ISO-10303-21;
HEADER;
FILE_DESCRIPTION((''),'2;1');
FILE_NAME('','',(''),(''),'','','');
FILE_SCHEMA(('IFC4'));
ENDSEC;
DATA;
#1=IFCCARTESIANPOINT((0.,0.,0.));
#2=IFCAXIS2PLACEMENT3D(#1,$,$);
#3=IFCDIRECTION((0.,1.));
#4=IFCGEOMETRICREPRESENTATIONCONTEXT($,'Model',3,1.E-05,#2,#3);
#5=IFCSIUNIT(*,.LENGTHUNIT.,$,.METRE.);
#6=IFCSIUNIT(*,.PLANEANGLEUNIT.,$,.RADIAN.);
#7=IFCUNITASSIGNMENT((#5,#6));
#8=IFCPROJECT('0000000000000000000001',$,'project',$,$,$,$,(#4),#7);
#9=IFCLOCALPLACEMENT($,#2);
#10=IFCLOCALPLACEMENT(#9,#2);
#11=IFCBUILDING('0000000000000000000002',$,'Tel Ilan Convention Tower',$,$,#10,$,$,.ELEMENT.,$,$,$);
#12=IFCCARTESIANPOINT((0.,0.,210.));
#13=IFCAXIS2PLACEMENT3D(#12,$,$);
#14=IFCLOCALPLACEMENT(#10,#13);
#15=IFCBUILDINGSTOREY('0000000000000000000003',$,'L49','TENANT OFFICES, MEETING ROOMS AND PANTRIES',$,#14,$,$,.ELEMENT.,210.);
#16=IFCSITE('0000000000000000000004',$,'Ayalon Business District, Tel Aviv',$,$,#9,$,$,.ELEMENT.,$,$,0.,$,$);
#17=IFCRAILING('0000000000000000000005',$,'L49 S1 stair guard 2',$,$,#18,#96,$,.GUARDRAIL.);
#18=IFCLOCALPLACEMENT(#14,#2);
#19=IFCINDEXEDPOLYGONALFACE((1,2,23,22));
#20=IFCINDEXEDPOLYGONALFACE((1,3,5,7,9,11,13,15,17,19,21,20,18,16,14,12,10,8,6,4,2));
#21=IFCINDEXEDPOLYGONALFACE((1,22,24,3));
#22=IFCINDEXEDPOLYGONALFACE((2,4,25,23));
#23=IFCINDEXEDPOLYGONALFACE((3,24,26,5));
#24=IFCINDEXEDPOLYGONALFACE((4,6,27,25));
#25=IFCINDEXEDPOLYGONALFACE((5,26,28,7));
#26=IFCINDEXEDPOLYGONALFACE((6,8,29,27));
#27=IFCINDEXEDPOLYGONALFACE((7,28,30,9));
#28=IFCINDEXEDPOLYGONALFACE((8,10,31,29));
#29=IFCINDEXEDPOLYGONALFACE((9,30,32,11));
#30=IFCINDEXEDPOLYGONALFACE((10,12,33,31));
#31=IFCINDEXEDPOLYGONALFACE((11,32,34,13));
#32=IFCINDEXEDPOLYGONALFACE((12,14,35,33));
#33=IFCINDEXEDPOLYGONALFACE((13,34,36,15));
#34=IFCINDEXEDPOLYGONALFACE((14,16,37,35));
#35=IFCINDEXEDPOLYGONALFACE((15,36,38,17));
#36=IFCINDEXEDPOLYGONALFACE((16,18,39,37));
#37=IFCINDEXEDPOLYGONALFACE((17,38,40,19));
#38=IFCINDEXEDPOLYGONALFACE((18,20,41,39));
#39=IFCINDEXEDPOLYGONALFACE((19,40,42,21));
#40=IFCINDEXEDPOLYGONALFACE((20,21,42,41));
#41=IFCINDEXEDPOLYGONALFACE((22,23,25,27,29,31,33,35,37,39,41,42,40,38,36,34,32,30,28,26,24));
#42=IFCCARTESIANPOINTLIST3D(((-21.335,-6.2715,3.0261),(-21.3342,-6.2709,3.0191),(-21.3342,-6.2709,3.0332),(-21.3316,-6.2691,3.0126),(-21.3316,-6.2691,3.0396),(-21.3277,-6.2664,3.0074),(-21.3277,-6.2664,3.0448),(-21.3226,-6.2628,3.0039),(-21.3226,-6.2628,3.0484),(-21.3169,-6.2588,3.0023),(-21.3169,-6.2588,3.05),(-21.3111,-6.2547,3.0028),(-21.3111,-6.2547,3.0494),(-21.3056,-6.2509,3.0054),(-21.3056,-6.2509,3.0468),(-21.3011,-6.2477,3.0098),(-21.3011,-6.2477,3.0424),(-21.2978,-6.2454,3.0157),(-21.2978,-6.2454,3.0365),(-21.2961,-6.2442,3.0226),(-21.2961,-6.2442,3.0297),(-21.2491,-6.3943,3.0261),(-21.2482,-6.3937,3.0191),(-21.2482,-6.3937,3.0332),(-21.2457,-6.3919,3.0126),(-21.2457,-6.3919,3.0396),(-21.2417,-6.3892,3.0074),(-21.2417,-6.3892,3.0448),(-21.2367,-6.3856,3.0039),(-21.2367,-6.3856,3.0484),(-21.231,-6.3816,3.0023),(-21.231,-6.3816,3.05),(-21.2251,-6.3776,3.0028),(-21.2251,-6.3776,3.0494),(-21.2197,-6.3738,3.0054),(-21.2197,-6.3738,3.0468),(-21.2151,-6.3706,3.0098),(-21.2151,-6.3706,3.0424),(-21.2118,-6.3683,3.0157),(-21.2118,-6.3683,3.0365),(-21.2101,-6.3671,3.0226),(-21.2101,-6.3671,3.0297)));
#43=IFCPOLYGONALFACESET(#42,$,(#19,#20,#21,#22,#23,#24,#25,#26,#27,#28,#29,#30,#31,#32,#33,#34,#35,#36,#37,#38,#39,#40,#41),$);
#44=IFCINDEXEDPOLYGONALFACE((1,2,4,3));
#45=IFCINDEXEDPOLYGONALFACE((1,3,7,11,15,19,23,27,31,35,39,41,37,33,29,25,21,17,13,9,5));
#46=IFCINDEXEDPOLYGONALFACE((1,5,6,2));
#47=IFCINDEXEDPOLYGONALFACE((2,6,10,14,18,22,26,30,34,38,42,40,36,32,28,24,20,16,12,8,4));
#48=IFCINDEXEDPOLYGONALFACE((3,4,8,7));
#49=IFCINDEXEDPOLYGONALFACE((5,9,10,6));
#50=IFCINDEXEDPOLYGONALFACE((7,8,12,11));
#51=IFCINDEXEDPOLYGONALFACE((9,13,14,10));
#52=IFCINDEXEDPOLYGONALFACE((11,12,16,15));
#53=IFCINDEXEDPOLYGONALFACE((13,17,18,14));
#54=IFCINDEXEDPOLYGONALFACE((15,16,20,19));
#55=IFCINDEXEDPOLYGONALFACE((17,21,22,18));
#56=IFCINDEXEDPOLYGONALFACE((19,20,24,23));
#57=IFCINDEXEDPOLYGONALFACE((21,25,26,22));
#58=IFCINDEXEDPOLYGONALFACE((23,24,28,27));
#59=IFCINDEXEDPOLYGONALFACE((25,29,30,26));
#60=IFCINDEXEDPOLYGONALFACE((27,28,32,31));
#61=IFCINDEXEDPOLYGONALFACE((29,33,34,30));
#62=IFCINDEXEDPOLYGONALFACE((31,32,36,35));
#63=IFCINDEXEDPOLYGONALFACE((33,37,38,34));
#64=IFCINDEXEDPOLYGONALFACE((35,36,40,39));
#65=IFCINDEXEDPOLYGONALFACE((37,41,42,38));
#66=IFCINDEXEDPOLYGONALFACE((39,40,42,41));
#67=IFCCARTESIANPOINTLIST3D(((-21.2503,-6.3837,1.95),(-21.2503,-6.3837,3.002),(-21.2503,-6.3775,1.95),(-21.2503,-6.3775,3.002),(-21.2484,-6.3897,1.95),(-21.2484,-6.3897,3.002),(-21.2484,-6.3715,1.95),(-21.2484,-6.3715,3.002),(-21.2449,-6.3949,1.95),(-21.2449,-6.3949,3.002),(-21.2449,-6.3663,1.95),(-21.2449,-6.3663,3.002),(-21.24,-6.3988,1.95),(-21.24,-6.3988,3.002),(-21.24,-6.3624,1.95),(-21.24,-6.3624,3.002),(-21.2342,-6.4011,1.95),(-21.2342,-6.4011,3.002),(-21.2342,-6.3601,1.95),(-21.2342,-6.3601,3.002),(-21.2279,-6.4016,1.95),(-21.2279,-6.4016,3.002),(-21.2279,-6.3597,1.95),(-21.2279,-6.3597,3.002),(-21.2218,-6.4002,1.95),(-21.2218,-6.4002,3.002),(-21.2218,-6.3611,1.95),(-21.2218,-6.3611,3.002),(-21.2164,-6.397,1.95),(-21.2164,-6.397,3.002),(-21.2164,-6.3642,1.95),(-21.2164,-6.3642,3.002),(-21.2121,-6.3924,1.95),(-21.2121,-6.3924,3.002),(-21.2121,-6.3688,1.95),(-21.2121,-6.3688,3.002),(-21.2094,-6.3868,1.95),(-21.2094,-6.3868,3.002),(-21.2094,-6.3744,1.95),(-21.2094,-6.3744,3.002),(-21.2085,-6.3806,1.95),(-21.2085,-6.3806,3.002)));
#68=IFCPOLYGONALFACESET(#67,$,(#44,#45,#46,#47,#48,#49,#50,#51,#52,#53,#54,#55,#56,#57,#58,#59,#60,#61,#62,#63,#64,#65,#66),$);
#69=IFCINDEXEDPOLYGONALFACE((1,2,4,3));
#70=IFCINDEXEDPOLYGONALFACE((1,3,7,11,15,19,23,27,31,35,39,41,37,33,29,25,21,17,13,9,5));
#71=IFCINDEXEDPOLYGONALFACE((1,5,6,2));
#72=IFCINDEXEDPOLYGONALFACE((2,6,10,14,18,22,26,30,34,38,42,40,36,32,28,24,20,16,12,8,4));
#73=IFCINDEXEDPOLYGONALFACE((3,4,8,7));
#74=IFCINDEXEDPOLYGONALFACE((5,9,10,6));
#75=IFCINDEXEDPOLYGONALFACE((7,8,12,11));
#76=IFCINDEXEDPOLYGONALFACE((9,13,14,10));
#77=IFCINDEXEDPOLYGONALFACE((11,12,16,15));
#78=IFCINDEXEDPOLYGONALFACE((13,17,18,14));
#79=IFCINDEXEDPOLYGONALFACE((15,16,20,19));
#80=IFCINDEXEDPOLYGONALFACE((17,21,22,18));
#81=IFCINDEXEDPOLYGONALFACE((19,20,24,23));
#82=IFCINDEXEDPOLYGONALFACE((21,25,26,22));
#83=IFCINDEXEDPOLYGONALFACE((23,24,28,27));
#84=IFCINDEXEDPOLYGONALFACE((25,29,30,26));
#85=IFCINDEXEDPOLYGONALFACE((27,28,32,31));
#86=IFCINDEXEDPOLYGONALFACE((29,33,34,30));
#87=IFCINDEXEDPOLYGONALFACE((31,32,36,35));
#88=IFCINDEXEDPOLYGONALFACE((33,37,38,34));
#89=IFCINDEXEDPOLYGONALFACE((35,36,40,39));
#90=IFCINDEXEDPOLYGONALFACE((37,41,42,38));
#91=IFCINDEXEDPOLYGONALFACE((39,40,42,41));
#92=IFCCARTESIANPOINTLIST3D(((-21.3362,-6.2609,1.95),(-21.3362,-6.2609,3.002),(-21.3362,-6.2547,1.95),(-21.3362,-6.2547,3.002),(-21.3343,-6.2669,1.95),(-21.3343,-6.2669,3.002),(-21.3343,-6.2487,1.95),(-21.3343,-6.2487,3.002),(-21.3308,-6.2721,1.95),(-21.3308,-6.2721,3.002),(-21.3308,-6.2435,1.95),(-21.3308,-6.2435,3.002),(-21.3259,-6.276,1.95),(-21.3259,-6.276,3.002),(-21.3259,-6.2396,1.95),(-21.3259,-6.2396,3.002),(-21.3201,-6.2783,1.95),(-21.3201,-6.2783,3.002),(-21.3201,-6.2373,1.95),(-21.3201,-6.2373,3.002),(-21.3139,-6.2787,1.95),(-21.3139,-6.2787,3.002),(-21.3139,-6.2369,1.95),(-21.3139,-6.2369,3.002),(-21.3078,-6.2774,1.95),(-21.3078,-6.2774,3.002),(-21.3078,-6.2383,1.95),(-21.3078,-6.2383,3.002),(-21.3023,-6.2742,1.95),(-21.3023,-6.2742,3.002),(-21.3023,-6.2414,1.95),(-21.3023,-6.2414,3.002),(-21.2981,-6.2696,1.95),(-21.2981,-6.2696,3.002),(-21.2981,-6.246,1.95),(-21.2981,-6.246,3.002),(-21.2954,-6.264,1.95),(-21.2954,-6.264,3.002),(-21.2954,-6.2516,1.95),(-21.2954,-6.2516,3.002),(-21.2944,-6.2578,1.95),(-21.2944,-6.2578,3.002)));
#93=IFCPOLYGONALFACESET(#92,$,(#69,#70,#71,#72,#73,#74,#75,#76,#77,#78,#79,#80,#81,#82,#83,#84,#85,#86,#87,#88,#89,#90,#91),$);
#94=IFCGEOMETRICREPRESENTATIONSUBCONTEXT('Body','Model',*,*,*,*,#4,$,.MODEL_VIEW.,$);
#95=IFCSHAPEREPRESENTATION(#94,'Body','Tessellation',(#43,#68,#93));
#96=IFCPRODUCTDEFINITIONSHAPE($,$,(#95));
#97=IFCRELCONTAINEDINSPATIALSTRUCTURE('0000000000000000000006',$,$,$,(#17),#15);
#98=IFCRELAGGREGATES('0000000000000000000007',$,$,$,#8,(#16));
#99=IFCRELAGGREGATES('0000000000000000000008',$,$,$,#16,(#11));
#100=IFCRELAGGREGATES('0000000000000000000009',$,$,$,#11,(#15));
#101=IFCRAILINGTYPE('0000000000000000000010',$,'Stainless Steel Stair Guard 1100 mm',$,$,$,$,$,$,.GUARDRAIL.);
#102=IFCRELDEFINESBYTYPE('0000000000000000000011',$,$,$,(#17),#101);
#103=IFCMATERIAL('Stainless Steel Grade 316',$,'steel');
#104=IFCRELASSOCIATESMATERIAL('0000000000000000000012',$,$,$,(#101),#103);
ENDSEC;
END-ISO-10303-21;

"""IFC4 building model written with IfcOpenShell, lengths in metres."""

from ifc_helpers import new_model, si_unit, direction, frame, origin, origin_2d, place, context, subcontext, project, spatial, circle, extrude, material, type_object, element, save


model = new_model("IFC4")

# Units and contexts
model_context = context("Model", 3, precision=1e-05, world=origin(), true_north=direction((0.0, 1.0)))
body_context = subcontext(model_context, "Body", "Model", "MODEL_VIEW")
ifc_project = project(units=[si_unit("LENGTHUNIT", "METRE"), si_unit("PLANEANGLEUNIT", "RADIAN")], contexts=[model_context])

# Site, building, storey
site_placement = place(None, origin())
site = spatial("IfcSite", under=ifc_project, at=site_placement, Name="Ayalon Business District, Tel Aviv", CompositionType="ELEMENT", RefElevation=0.0)
building_placement = place(site_placement, origin())
building = spatial("IfcBuilding", under=site, at=building_placement, Name="Tel Ilan Convention Tower", CompositionType="ELEMENT")
storey_placement = place(building_placement, frame((0.0, 0.0, 210.0)))
storey = spatial("IfcBuildingStorey", under=building, at=storey_placement, Name="L49", Description="TENANT OFFICES, MEETING ROOMS AND PANTRIES", CompositionType="ELEMENT", Elevation=210.0)

# Railing
ifc_material_1 = material(Name="Stainless Steel Grade 316", Category="steel")
railing_type_1 = type_object("IfcRailingType", Name="Stainless Steel Stair Guard 1100 mm", PredefinedType="GUARDRAIL", material=ifc_material_1)
railing_1_placement = place(storey_placement, frame((-21.2295, -6.3806, 1.95)))
element("IfcRailing", 1, at=railing_1_placement, inside=storey, type_object=railing_type_1, Name="L49 S1 stair guard 2", PredefinedType="GUARDRAIL", context=body_context, shape_type="SweptSolid", body=[
    extrude(circle(Radius=0.0239, at=origin_2d()), frame((0.0, 0.0, 1.0762), z_axis=(-0.573353, 0.819308, 0.0), x_axis=(-0.819308, -0.573353, 0.0)), (0.0, 0.0, 1.0), 0.1499),
    extrude(circle(Radius=0.021, at=origin_2d()), origin(), (0.0, 0.0, 1.0), 1.052),
    extrude(circle(Radius=0.021, at=origin_2d()), frame((-0.0859, 0.1228, 0.0)), (0.0, 0.0, 1.0), 1.052),
])

save(model, "model.ifc")
